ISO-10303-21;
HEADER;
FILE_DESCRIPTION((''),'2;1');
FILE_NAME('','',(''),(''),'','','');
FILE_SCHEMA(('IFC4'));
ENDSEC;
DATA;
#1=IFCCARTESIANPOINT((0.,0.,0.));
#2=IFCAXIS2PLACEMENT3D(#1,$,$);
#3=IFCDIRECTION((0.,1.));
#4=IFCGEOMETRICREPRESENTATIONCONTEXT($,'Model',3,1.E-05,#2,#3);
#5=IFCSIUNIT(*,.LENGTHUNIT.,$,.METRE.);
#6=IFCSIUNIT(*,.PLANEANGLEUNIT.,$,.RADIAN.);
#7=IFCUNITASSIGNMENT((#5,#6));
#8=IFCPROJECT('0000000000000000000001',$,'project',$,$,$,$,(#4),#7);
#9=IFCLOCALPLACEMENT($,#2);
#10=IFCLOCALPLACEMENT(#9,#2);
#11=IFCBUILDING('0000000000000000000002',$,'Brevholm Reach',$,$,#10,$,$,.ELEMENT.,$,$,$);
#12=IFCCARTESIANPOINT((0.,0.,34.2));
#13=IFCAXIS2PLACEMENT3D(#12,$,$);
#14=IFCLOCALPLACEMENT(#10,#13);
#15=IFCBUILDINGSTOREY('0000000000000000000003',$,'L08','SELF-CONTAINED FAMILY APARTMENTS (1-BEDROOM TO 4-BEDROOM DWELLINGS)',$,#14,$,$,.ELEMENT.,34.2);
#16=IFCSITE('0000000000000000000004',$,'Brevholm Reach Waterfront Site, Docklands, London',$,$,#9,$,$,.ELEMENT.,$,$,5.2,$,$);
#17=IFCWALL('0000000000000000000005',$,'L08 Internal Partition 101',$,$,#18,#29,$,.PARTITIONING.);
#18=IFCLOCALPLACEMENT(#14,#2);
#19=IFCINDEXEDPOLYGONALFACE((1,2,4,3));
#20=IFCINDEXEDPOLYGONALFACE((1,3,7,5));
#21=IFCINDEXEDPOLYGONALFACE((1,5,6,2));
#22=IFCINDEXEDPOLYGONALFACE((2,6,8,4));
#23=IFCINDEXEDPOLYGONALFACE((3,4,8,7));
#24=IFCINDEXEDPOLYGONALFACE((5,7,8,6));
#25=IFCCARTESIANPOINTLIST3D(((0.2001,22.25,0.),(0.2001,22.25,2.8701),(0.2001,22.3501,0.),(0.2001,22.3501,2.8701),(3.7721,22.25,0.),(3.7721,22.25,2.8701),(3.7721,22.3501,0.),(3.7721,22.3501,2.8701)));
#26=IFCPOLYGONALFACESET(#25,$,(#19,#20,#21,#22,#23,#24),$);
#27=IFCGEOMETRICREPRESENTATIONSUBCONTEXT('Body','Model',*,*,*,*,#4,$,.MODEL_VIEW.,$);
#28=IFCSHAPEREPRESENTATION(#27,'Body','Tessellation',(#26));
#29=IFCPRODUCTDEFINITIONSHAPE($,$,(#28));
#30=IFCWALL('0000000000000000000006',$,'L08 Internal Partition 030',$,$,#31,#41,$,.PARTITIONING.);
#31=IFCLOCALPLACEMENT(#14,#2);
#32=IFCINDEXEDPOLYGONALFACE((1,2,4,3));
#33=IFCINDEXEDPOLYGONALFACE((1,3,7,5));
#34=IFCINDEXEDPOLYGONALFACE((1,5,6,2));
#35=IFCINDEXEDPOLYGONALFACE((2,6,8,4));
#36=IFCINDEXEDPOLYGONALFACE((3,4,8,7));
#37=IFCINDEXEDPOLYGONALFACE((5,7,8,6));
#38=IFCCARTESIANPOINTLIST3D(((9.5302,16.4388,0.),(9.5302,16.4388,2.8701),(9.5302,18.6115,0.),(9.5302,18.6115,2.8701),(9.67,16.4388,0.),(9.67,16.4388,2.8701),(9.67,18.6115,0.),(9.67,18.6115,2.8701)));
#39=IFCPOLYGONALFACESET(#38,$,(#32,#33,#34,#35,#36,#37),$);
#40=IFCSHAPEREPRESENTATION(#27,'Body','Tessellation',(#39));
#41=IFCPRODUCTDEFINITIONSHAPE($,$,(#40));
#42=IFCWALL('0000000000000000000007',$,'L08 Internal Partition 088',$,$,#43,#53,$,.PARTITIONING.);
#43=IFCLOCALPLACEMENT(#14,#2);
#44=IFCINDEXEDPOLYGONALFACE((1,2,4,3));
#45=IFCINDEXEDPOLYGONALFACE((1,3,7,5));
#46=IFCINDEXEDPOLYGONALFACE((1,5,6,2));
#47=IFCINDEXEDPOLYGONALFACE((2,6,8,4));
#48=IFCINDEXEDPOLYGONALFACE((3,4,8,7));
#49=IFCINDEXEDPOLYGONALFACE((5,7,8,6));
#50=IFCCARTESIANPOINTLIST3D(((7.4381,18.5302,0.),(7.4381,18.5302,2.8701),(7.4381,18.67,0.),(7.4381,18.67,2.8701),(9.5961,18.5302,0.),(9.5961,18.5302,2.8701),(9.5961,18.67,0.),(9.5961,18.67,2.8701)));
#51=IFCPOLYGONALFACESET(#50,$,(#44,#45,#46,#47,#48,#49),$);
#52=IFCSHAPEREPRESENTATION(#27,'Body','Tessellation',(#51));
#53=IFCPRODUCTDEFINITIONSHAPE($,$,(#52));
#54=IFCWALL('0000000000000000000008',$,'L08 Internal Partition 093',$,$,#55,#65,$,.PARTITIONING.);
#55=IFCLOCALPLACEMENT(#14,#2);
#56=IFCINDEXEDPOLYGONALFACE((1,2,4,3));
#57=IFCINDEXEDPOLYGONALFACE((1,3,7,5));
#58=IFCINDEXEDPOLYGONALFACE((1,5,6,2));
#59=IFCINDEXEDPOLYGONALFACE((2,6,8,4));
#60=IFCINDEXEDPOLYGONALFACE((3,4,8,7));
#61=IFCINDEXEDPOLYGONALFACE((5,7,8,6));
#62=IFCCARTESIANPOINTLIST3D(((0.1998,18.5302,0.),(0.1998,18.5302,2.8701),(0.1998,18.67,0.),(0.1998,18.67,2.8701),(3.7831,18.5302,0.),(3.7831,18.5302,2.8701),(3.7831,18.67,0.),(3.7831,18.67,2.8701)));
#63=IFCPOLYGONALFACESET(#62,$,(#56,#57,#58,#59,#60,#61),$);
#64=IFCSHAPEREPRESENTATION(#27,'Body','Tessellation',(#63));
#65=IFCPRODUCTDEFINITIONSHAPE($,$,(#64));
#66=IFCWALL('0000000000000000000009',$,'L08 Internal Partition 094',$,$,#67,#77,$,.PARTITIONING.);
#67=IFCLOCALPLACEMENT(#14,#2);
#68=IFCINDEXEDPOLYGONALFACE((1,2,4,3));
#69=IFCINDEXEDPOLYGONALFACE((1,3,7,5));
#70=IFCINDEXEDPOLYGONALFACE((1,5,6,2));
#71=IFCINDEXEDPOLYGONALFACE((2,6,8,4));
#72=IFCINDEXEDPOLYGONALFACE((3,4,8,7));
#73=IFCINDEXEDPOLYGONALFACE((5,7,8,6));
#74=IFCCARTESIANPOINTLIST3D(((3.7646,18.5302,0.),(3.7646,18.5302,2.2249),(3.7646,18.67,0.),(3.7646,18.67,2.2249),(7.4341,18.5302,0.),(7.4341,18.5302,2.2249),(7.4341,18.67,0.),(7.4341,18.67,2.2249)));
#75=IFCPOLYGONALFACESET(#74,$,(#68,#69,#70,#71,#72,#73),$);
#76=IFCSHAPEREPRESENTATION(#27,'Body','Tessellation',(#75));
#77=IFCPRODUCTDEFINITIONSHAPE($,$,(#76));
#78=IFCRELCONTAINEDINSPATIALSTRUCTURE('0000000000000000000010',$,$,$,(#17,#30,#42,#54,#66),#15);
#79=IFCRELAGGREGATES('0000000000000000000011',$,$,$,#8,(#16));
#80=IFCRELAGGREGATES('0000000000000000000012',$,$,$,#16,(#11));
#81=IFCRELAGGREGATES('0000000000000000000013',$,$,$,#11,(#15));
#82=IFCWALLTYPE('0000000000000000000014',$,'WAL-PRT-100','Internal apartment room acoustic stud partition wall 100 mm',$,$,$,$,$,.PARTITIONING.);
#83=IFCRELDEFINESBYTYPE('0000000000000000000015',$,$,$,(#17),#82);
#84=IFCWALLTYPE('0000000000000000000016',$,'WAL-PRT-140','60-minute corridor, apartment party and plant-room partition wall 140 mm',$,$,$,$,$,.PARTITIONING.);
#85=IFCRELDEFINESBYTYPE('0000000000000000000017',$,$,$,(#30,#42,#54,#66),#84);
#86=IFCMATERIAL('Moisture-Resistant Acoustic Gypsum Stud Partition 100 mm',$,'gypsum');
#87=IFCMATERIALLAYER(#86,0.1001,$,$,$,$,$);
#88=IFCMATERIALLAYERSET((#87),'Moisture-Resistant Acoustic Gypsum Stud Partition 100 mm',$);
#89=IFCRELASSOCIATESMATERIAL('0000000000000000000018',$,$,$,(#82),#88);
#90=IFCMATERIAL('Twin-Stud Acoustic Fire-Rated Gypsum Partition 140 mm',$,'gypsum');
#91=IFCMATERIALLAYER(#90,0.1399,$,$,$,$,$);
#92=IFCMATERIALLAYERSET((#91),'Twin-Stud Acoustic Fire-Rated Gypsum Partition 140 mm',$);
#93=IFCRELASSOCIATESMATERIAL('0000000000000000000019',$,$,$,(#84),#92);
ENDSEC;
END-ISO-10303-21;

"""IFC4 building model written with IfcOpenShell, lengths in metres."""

from ifc_helpers import new_model, si_unit, direction, frame, frame_2d, origin, place, context, subcontext, project, spatial, rectangle, extrude, material, layer, layer_set, type_object, element, save


model = new_model("IFC4")

# Units and contexts
model_context = context("Model", 3, precision=1e-05, world=origin(), true_north=direction((0.0, 1.0)))
body_context = subcontext(model_context, "Body", "Model", "MODEL_VIEW")
ifc_project = project(units=[si_unit("LENGTHUNIT", "METRE"), si_unit("PLANEANGLEUNIT", "RADIAN")], contexts=[model_context])

# Site, building, storey
site_placement = place(None, origin())
site = spatial("IfcSite", under=ifc_project, at=site_placement, Name="Brevholm Reach Waterfront Site, Docklands, London", CompositionType="ELEMENT", RefElevation=5.2)
building_placement = place(site_placement, origin())
building = spatial("IfcBuilding", under=site, at=building_placement, Name="Brevholm Reach", CompositionType="ELEMENT")
storey_placement = place(building_placement, frame((0.0, 0.0, 34.2)))
storey = spatial("IfcBuildingStorey", under=building, at=storey_placement, Name="L08", Description="SELF-CONTAINED FAMILY APARTMENTS (1-BEDROOM TO 4-BEDROOM DWELLINGS)", CompositionType="ELEMENT", Elevation=34.2)

# Shared definitions
ifc_material_1 = material(Name="Moisture-Resistant Acoustic Gypsum Stud Partition 100 mm", Category="gypsum")
ifc_layer_1 = layer(ifc_material_1, 0.1001)
ifc_layer_set_1 = layer_set([ifc_layer_1], Name="Moisture-Resistant Acoustic Gypsum Stud Partition 100 mm")
wall_type_1 = type_object("IfcWallType", Name="WAL-PRT-100", Description="Internal apartment room acoustic stud partition wall 100 mm", PredefinedType="PARTITIONING", material=ifc_layer_set_1)

# Walls
wall_1_placement = place(storey_placement, frame((0.2, 22.3, 0.0), z_axis=(0.0, 0.0, 1.0), x_axis=(1.0, 0.0, 0.0)))
element("IfcWall", 1, at=wall_1_placement, inside=storey, type_object=wall_type_1, Name="L08 Internal Partition 101", PredefinedType="PARTITIONING", context=body_context, shape_type="SweptSolid", body=[
    extrude(rectangle(XDim=3.572, YDim=0.1001, at=frame_2d((1.7861, 0.0))), origin(), (0.0, 0.0, 1.0), 2.8701),
])
ifc_material_2 = material(Name="Twin-Stud Acoustic Fire-Rated Gypsum Partition 140 mm", Category="gypsum")
ifc_layer_2 = layer(ifc_material_2, 0.1399)
ifc_layer_set_2 = layer_set([ifc_layer_2], Name="Twin-Stud Acoustic Fire-Rated Gypsum Partition 140 mm")
wall_type_2 = type_object("IfcWallType", Name="WAL-PRT-140", Description="60-minute corridor, apartment party and plant-room partition wall 140 mm", PredefinedType="PARTITIONING", material=ifc_layer_set_2)
wall_2_placement = place(storey_placement, frame((9.6001, 16.4387, 0.0), z_axis=(0.0, 0.0, 1.0), x_axis=(0.0, 1.0, 0.0)))
element("IfcWall", 2, at=wall_2_placement, inside=storey, type_object=wall_type_2, Name="L08 Internal Partition 030", PredefinedType="PARTITIONING", context=body_context, shape_type="SweptSolid", body=[
    extrude(rectangle(XDim=2.1726, YDim=0.1399, at=frame_2d((1.0864, 0.0))), origin(), (0.0, 0.0, 1.0), 2.8701),
])
wall_3_placement = place(storey_placement, frame((7.438, 18.6001, 0.0), z_axis=(0.0, 0.0, 1.0), x_axis=(1.0, 0.0, 0.0)))
element("IfcWall", 3, at=wall_3_placement, inside=storey, type_object=wall_type_2, Name="L08 Internal Partition 088", PredefinedType="PARTITIONING", context=body_context, shape_type="SweptSolid", body=[
    extrude(rectangle(XDim=2.158, YDim=0.1399, at=frame_2d((1.0791, 0.0))), origin(), (0.0, 0.0, 1.0), 2.8701),
])
wall_4_placement = place(storey_placement, frame((0.2, 18.6001, 0.0), z_axis=(0.0, 0.0, 1.0), x_axis=(1.0, 0.0, 0.0)))
element("IfcWall", 4, at=wall_4_placement, inside=storey, type_object=wall_type_2, Name="L08 Internal Partition 093", PredefinedType="PARTITIONING", context=body_context, shape_type="SweptSolid", body=[
    extrude(rectangle(XDim=3.5833, YDim=0.1399, at=frame_2d((1.7915, 0.0))), origin(), (0.0, 0.0, 1.0), 2.8701),
])
wall_5_placement = place(storey_placement, frame((3.7646, 18.6001, 0.0), z_axis=(0.0, 0.0, 1.0), x_axis=(1.0, 0.0, 0.0)))
element("IfcWall", 5, at=wall_5_placement, inside=storey, type_object=wall_type_2, Name="L08 Internal Partition 094", PredefinedType="PARTITIONING", context=body_context, shape_type="SweptSolid", body=[
    extrude(rectangle(XDim=3.6694, YDim=0.1399, at=frame_2d((1.8347, 0.0))), origin(), (0.0, 0.0, 1.0), 2.2249),
])

save(model, "model.ifc")
